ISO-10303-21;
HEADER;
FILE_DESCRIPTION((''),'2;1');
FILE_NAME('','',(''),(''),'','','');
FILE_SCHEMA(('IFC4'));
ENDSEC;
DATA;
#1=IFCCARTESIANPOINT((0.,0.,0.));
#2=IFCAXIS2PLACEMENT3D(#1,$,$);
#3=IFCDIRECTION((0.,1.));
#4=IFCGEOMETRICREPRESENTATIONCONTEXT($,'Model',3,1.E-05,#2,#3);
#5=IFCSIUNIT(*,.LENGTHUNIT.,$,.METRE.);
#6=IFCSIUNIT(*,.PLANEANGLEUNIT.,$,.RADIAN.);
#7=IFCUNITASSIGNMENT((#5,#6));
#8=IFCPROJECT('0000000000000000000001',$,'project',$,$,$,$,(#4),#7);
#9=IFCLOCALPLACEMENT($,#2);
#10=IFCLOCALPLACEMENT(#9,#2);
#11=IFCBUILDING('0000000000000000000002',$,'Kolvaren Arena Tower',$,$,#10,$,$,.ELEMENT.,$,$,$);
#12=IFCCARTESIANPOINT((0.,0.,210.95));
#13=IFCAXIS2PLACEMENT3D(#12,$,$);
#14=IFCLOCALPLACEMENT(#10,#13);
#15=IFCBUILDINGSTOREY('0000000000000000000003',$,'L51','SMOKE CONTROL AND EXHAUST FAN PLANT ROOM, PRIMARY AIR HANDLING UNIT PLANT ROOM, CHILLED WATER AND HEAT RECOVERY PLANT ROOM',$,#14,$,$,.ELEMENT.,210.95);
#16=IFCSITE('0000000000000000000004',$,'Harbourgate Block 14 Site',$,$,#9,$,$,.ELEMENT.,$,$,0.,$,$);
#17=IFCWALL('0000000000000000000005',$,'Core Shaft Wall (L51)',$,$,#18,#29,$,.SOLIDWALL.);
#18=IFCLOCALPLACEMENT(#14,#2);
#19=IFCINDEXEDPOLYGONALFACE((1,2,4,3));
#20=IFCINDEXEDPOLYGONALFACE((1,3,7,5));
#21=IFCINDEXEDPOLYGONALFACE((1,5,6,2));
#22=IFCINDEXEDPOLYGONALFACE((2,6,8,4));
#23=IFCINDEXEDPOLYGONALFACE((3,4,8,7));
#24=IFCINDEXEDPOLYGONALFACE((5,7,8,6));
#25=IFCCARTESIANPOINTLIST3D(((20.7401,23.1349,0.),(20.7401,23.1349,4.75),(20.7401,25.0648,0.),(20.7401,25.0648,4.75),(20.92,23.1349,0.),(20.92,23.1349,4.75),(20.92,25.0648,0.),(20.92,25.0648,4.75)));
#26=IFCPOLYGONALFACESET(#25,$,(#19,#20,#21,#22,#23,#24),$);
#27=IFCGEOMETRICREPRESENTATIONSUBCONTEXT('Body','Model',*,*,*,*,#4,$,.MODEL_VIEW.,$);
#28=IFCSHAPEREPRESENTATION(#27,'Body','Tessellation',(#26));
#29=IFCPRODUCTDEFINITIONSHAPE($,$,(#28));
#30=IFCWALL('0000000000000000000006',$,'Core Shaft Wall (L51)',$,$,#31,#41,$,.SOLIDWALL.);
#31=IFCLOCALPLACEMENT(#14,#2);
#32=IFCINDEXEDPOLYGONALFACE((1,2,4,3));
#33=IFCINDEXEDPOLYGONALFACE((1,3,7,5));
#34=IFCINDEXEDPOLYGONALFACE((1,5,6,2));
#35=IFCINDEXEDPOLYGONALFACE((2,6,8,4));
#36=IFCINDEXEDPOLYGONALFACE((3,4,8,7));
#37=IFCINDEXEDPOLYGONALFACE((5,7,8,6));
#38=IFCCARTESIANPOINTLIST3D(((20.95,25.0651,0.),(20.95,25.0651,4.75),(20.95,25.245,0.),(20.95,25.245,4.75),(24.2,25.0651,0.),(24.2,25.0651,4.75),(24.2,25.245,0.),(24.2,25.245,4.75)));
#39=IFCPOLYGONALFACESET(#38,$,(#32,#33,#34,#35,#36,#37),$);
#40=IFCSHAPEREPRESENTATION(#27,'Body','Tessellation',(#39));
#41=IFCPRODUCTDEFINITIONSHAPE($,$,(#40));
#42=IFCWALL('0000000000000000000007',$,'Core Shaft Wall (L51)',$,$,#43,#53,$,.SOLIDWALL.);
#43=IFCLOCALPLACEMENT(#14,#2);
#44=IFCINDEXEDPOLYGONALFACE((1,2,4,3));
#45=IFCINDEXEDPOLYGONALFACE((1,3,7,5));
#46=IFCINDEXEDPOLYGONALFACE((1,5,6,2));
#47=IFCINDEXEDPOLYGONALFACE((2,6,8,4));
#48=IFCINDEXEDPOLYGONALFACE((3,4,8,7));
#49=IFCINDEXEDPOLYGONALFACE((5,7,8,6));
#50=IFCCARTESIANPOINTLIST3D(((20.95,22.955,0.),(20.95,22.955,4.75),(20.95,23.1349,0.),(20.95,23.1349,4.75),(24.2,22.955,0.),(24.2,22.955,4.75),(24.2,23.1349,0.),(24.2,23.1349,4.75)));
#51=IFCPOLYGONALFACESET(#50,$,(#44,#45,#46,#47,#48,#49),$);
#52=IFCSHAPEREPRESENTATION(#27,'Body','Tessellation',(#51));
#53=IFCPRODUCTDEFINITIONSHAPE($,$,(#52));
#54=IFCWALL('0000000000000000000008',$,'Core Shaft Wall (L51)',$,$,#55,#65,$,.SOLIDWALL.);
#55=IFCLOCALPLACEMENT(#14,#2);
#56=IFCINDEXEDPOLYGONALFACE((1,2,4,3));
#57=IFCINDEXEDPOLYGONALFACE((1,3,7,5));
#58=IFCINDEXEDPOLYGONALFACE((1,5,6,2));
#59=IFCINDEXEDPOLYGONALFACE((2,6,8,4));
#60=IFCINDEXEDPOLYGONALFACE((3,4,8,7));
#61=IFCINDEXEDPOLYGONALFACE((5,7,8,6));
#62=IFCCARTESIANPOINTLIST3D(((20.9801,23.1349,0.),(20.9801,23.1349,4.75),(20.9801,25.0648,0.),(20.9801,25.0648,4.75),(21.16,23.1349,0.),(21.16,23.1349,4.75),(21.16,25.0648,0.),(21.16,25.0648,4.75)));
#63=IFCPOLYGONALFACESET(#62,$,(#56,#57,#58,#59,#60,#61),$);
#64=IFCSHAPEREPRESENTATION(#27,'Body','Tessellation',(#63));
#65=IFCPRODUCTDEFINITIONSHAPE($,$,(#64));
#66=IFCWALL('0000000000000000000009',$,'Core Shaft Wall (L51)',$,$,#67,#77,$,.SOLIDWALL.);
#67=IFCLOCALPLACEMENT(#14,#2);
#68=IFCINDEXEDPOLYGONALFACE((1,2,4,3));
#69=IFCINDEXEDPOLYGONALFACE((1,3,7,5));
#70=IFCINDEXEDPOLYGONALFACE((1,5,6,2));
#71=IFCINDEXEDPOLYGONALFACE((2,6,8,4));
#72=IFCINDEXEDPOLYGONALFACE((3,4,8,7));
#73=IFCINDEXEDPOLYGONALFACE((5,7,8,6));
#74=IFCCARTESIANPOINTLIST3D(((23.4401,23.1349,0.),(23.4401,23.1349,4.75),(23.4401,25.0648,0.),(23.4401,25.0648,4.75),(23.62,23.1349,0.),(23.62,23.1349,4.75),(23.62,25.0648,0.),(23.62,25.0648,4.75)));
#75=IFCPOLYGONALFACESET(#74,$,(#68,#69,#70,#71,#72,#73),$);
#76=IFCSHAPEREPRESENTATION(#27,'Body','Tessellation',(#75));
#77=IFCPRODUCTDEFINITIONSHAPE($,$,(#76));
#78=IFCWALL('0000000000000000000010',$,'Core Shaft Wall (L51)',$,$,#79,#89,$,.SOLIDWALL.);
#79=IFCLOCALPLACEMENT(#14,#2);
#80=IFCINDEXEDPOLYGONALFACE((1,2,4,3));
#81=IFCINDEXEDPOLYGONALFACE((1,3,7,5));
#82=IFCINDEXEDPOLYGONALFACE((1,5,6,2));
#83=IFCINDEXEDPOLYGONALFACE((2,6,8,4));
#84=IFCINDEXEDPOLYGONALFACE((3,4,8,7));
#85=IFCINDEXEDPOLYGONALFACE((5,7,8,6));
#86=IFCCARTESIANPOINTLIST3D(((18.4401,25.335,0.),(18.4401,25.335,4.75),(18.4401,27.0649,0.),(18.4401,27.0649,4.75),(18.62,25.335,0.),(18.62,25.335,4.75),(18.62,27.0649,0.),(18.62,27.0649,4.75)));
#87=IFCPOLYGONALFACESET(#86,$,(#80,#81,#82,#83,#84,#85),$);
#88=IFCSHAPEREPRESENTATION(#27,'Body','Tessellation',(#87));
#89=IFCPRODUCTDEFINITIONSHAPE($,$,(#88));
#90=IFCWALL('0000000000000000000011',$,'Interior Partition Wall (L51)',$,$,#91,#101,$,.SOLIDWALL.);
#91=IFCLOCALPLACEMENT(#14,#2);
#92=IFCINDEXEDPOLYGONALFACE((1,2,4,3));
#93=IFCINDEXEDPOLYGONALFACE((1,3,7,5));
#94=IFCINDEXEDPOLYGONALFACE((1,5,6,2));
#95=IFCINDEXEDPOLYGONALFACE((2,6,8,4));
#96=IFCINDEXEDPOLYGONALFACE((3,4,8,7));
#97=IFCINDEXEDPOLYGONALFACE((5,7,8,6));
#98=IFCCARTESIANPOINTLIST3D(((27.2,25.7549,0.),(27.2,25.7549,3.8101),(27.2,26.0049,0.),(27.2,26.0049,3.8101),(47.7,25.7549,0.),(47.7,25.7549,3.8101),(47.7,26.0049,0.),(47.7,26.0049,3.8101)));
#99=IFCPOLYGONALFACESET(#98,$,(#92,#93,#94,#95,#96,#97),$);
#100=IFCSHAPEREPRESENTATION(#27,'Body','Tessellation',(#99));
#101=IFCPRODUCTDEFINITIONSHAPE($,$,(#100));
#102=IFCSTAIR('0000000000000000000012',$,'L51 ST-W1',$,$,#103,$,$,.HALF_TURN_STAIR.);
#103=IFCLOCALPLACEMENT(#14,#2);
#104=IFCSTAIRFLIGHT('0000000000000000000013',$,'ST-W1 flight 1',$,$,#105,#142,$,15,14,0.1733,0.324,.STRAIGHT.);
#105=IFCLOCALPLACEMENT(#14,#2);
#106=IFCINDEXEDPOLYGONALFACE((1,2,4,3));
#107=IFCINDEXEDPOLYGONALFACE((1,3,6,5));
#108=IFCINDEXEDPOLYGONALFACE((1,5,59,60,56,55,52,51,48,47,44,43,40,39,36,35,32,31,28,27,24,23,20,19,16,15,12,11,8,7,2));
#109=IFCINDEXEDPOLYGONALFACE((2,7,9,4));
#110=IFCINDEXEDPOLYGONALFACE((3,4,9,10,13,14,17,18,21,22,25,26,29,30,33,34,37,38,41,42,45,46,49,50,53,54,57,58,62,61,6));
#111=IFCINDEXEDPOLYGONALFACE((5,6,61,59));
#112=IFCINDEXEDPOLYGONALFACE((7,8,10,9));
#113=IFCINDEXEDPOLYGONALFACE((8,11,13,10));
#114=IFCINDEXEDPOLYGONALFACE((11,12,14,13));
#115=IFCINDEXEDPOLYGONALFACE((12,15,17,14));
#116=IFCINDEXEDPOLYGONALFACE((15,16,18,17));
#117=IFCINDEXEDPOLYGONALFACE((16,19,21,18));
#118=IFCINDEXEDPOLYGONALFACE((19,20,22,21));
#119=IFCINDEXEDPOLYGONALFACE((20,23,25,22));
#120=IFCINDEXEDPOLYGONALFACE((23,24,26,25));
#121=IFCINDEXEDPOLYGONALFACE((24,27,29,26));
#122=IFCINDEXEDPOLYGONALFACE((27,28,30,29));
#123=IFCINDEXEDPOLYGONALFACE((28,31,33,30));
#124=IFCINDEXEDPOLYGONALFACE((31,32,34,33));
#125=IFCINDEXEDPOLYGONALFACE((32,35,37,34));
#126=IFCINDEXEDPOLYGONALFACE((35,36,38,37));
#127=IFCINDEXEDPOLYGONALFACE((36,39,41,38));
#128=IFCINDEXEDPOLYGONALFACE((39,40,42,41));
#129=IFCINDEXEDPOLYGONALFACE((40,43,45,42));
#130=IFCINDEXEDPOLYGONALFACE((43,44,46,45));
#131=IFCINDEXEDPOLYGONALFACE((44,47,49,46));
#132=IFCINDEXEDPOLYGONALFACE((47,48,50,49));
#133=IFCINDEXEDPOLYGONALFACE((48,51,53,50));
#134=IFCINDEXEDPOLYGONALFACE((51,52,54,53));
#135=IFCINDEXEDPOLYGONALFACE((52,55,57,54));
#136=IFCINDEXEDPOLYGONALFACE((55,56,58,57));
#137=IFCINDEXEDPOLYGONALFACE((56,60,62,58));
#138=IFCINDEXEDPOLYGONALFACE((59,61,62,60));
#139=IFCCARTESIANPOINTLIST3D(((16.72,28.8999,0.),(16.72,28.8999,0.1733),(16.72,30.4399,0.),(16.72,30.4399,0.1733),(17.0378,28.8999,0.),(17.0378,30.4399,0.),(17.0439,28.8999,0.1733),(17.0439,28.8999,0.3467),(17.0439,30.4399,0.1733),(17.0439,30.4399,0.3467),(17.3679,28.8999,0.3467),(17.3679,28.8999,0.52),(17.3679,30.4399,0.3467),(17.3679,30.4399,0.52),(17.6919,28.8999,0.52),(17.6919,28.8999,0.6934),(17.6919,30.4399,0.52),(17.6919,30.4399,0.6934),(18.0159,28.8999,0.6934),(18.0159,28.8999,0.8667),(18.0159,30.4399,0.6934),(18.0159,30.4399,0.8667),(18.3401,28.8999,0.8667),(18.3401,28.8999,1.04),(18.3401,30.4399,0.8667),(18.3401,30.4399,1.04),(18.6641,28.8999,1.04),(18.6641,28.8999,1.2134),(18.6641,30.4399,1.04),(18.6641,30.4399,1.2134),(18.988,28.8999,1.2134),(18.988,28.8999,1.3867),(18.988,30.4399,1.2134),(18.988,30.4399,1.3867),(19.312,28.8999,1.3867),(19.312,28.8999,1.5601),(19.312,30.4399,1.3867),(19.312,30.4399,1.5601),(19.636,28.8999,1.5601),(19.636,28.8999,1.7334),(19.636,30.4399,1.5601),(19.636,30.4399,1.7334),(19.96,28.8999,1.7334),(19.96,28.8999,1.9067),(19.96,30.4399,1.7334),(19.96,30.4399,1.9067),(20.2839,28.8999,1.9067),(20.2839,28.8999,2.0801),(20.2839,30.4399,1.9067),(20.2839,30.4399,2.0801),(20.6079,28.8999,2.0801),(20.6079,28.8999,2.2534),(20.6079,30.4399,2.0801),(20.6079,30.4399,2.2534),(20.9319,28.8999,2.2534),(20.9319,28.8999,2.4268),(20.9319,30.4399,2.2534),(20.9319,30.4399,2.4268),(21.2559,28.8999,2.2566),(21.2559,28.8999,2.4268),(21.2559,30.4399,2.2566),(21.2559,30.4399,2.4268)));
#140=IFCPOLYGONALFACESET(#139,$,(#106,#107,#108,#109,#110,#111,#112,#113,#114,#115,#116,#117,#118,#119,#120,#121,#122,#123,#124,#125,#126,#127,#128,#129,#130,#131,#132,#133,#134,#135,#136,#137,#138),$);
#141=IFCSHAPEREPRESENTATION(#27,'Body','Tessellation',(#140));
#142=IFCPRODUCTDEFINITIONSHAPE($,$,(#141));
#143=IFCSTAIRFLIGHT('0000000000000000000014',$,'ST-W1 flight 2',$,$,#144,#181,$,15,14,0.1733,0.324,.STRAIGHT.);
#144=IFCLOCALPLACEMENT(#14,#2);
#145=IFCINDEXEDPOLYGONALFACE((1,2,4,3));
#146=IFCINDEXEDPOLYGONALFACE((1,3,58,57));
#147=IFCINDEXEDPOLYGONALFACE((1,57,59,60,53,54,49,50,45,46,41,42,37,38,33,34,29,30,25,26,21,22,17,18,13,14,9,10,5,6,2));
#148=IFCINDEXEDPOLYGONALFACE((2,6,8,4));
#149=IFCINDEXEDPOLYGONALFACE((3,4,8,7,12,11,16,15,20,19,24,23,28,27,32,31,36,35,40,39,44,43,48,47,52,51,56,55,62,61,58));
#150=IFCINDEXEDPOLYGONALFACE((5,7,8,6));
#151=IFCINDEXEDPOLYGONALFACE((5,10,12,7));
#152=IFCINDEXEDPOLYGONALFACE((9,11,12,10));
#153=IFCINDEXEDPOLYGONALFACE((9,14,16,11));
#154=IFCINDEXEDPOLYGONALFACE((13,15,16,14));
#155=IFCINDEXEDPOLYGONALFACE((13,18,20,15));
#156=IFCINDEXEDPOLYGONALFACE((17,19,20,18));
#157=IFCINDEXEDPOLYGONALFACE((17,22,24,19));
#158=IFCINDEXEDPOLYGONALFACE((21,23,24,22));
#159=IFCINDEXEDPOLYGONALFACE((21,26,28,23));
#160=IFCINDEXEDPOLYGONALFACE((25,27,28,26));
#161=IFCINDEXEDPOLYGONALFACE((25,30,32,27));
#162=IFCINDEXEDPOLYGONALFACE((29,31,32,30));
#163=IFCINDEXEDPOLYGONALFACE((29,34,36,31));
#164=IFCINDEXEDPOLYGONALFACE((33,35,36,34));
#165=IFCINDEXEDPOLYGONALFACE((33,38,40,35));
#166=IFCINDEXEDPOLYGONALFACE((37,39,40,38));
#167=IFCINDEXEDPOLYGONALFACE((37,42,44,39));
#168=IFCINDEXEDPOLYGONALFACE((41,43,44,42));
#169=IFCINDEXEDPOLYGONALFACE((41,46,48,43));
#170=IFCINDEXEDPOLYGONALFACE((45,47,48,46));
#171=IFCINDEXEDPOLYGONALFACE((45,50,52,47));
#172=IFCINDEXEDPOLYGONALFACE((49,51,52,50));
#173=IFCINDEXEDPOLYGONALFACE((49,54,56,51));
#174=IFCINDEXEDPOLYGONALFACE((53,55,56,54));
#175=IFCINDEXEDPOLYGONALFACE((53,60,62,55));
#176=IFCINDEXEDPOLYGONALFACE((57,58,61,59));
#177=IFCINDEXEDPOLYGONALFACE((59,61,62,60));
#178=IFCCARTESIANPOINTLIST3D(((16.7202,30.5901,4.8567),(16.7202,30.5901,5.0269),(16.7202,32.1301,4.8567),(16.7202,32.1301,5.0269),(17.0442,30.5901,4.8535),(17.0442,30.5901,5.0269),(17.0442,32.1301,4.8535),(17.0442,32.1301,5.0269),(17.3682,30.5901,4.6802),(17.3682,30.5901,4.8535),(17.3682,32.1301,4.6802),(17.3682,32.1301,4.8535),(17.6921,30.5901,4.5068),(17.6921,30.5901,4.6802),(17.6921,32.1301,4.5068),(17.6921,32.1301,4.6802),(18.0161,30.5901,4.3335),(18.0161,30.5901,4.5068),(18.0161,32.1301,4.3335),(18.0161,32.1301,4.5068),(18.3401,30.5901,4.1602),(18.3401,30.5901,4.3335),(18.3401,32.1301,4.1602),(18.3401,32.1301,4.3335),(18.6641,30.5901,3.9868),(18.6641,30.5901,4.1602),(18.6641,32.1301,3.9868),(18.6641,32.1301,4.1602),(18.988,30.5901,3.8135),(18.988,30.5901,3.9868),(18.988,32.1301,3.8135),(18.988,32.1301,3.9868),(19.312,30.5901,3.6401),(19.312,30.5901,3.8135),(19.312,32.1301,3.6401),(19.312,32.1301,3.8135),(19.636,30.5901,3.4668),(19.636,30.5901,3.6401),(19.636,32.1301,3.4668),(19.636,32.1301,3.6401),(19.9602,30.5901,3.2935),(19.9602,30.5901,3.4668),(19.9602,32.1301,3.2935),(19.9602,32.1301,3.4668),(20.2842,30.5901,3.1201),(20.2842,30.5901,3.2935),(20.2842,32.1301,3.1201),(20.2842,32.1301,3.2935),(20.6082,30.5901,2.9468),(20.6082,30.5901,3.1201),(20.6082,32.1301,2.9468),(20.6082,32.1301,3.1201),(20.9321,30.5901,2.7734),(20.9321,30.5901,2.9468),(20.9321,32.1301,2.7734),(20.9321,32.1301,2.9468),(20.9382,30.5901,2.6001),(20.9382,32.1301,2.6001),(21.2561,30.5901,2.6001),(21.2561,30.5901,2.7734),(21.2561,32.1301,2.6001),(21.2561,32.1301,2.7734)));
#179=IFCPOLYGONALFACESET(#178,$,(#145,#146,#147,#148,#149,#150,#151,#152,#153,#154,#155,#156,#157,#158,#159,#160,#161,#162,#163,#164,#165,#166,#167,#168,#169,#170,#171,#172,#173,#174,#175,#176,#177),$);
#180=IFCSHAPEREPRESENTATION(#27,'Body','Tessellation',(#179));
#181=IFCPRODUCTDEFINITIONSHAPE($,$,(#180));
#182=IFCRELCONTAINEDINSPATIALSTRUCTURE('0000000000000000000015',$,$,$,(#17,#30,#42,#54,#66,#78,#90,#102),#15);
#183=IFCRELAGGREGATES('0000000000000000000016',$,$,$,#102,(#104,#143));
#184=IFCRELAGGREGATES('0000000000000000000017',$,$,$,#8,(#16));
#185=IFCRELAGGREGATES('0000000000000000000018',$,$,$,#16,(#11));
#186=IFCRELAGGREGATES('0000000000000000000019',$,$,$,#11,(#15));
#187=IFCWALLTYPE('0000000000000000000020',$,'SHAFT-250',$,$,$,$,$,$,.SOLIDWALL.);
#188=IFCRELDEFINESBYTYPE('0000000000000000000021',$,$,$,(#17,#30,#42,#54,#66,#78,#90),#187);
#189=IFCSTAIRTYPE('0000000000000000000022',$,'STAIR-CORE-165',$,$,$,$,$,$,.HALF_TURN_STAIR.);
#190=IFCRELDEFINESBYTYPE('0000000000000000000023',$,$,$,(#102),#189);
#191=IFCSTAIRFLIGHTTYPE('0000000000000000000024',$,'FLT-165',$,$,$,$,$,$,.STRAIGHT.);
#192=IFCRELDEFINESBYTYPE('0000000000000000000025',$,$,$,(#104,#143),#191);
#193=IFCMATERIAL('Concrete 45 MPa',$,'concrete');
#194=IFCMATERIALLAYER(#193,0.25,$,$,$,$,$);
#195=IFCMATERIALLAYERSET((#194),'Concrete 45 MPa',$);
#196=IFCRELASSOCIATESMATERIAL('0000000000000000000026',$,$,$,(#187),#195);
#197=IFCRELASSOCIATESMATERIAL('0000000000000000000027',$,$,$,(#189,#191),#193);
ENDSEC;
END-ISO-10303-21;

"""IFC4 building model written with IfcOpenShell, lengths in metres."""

from ifc_helpers import new_model, si_unit, direction, frame, frame_2d, origin, place, context, subcontext, project, spatial, polyline, rectangle, outline, extrude, material, layer, layer_set, type_object, element, aggregate, save


model = new_model("IFC4")

# Units and contexts
model_context = context("Model", 3, precision=1e-05, world=origin(), true_north=direction((0.0, 1.0)))
body_context = subcontext(model_context, "Body", "Model", "MODEL_VIEW")
ifc_project = project(units=[si_unit("LENGTHUNIT", "METRE"), si_unit("PLANEANGLEUNIT", "RADIAN")], contexts=[model_context])

# Site, building, storey
site_placement = place(None, origin())
site = spatial("IfcSite", under=ifc_project, at=site_placement, Name="Harbourgate Block 14 Site", CompositionType="ELEMENT", RefElevation=0.0)
building_placement = place(site_placement, origin())
building = spatial("IfcBuilding", under=site, at=building_placement, Name="Kolvaren Arena Tower", CompositionType="ELEMENT")
storey_placement = place(building_placement, frame((0.0, 0.0, 210.95)))
storey = spatial("IfcBuildingStorey", under=building, at=storey_placement, Name="L51", Description="SMOKE CONTROL AND EXHAUST FAN PLANT ROOM, PRIMARY AIR HANDLING UNIT PLANT ROOM, CHILLED WATER AND HEAT RECOVERY PLANT ROOM", CompositionType="ELEMENT", Elevation=210.95)

# Shared definitions
ifc_material_1 = material(Name="Concrete 45 MPa", Category="concrete")
ifc_layer = layer(ifc_material_1, 0.25)
ifc_layer_set = layer_set([ifc_layer], Name="Concrete 45 MPa")
wall_type = type_object("IfcWallType", Name="SHAFT-250", PredefinedType="SOLIDWALL", material=ifc_layer_set)

# Walls
for number, where, z_axis, x_axis, name in (
    (1, (20.8301, 23.135, 0.0), (0.0, 0.0, 1.0), (0.0, 1.0, 0.0), "Core Shaft Wall (L51)"),
):
    element("IfcWall", number, at=place(storey_placement, frame(where, z_axis=z_axis, x_axis=x_axis)), inside=storey, type_object=wall_type, Name=name, PredefinedType="SOLIDWALL", context=body_context, shape_type="SweptSolid", body=[
        extrude(rectangle(XDim=1.9299, YDim=0.1799, at=frame_2d((0.9648, 0.0))), origin(), (0.0, 0.0, 1.0), 4.75),
    ])
for number, where, z_axis, x_axis, name in (
    (2, (20.95, 25.155, 0.0), (0.0, 0.0, 1.0), (1.0, 0.0, 0.0), "Core Shaft Wall (L51)"),
    (3, (20.95, 23.0449, 0.0), (0.0, 0.0, 1.0), (1.0, 0.0, 0.0), "Core Shaft Wall (L51)"),
):
    element("IfcWall", number, at=place(storey_placement, frame(where, z_axis=z_axis, x_axis=x_axis)), inside=storey, type_object=wall_type, Name=name, PredefinedType="SOLIDWALL", context=body_context, shape_type="SweptSolid", body=[
        extrude(rectangle(XDim=3.25, YDim=0.1799, at=frame_2d((1.625, 0.0))), origin(), (0.0, 0.0, 1.0), 4.75),
    ])
for number, where, z_axis, x_axis, name in (
    (4, (21.0701, 23.135, 0.0), (0.0, 0.0, 1.0), (0.0, 1.0, 0.0), "Core Shaft Wall (L51)"),
    (5, (23.53, 23.135, 0.0), (0.0, 0.0, 1.0), (0.0, 1.0, 0.0), "Core Shaft Wall (L51)"),
):
    element("IfcWall", number, at=place(storey_placement, frame(where, z_axis=z_axis, x_axis=x_axis)), inside=storey, type_object=wall_type, Name=name, PredefinedType="SOLIDWALL", context=body_context, shape_type="SweptSolid", body=[
        extrude(rectangle(XDim=1.9299, YDim=0.1799, at=frame_2d((0.9648, 0.0))), origin(), (0.0, 0.0, 1.0), 4.75),
    ])
wall_1_placement = place(storey_placement, frame((18.53, 25.335, 0.0), z_axis=(0.0, 0.0, 1.0), x_axis=(0.0, 1.0, 0.0)))
element("IfcWall", 6, at=wall_1_placement, inside=storey, type_object=wall_type, Name="Core Shaft Wall (L51)", PredefinedType="SOLIDWALL", context=body_context, shape_type="SweptSolid", body=[
    extrude(rectangle(XDim=1.73, YDim=0.1799, at=frame_2d((0.865, 0.0))), origin(), (0.0, 0.0, 1.0), 4.75),
])
wall_2_placement = place(storey_placement, frame((27.2, 25.8799, 0.0), z_axis=(0.0, 0.0, 1.0), x_axis=(1.0, 0.0, 0.0)))
element("IfcWall", 7, at=wall_2_placement, inside=storey, type_object=wall_type, Name="Interior Partition Wall (L51)", PredefinedType="SOLIDWALL", context=body_context, shape_type="SweptSolid", body=[
    extrude(rectangle(XDim=20.5, YDim=0.25, at=frame_2d((10.25, 0.0))), origin(), (0.0, 0.0, 1.0), 3.8101),
])

# Stair, stair flights
stair_type = type_object("IfcStairType", Name="STAIR-CORE-165", PredefinedType="HALF_TURN_STAIR", material=ifc_material_1)
stair_placement = place(storey_placement, origin())
stair = element("IfcStair", 8, at=stair_placement, inside=storey, type_object=stair_type, Name="L51 ST-W1", PredefinedType="HALF_TURN_STAIR")
stair_flight_type = type_object("IfcStairFlightType", Name="FLT-165", PredefinedType="STRAIGHT", material=ifc_material_1)
stair_flight_1_placement = place(storey_placement, frame((16.72, 29.6699, 0.0), z_axis=(0.0, 0.0, 1.0), x_axis=(1.0, 0.0, 0.0)))
stair_flight_1 = element("IfcStairFlight", 9, at=stair_flight_1_placement, type_object=stair_flight_type, Name="ST-W1 flight 1", NumberOfRisers=15, NumberOfTreads=14, PredefinedType="STRAIGHT", RiserHeight=0.1733, TreadLength=0.324, context=body_context, shape_type="SweptSolid", body=[
    extrude(outline(polyline([(0.0, 0.0), (0.0, 0.1733), (0.324, 0.1733), (0.324, 0.3467), (0.6479, 0.3467), (0.6479, 0.52), (0.9719, 0.52), (0.9719, 0.6934), (1.2959, 0.6934), (1.2959, 0.8667), (1.6201, 0.8667), (1.6201, 1.04), (1.9441, 1.04), (1.9441, 1.2134), (2.2681, 1.2134), (2.2681, 1.3867), (2.592, 1.3867), (2.592, 1.5601), (2.916, 1.5601), (2.916, 1.7334), (3.24, 1.7334), (3.24, 1.9067), (3.564, 1.9067), (3.564, 2.0801), (3.8879, 2.0801), (3.8879, 2.2534), (4.2119, 2.2534), (4.2119, 2.4268), (4.5359, 2.4268), (4.5359, 2.6001), (4.5359, 2.2566), (0.3179, 0.0), (0.0, 0.0)])), frame((0.0, 0.77, 0.0), z_axis=(0.0, -1.0, 0.0), x_axis=(1.0, 0.0, 0.0)), (0.0, 0.0, 1.0), 1.54),
])
stair_flight_2_placement = place(storey_placement, frame((21.2561, 31.3601, 2.6001), z_axis=(0.0, 0.0, 1.0), x_axis=(-1.0, 0.0, 0.0)))
stair_flight_2 = element("IfcStairFlight", 10, at=stair_flight_2_placement, type_object=stair_flight_type, Name="ST-W1 flight 2", NumberOfRisers=15, NumberOfTreads=14, PredefinedType="STRAIGHT", RiserHeight=0.1733, TreadLength=0.324, context=body_context, shape_type="SweptSolid", body=[
    extrude(outline(polyline([(0.0, 0.0), (0.0, 0.1733), (0.324, 0.1733), (0.324, 0.3467), (0.6479, 0.3467), (0.6479, 0.52), (0.9719, 0.52), (0.9719, 0.6934), (1.2959, 0.6934), (1.2959, 0.8667), (1.6201, 0.8667), (1.6201, 1.04), (1.9441, 1.04), (1.9441, 1.2134), (2.2681, 1.2134), (2.2681, 1.3867), (2.592, 1.3867), (2.592, 1.5601), (2.916, 1.5601), (2.916, 1.7334), (3.24, 1.7334), (3.24, 1.9067), (3.564, 1.9067), (3.564, 2.0801), (3.8879, 2.0801), (3.8879, 2.2534), (4.2119, 2.2534), (4.2119, 2.4268), (4.5359, 2.4268), (4.5359, 2.6001), (4.5359, 2.2566), (0.3179, 0.0), (0.0, 0.0)])), frame((0.0, 0.77, 0.0), z_axis=(0.0, -1.0, 0.0), x_axis=(1.0, 0.0, 0.0)), (0.0, 0.0, 1.0), 1.54),
])
aggregate(stair, [stair_flight_1, stair_flight_2])

save(model, "model.ifc")
